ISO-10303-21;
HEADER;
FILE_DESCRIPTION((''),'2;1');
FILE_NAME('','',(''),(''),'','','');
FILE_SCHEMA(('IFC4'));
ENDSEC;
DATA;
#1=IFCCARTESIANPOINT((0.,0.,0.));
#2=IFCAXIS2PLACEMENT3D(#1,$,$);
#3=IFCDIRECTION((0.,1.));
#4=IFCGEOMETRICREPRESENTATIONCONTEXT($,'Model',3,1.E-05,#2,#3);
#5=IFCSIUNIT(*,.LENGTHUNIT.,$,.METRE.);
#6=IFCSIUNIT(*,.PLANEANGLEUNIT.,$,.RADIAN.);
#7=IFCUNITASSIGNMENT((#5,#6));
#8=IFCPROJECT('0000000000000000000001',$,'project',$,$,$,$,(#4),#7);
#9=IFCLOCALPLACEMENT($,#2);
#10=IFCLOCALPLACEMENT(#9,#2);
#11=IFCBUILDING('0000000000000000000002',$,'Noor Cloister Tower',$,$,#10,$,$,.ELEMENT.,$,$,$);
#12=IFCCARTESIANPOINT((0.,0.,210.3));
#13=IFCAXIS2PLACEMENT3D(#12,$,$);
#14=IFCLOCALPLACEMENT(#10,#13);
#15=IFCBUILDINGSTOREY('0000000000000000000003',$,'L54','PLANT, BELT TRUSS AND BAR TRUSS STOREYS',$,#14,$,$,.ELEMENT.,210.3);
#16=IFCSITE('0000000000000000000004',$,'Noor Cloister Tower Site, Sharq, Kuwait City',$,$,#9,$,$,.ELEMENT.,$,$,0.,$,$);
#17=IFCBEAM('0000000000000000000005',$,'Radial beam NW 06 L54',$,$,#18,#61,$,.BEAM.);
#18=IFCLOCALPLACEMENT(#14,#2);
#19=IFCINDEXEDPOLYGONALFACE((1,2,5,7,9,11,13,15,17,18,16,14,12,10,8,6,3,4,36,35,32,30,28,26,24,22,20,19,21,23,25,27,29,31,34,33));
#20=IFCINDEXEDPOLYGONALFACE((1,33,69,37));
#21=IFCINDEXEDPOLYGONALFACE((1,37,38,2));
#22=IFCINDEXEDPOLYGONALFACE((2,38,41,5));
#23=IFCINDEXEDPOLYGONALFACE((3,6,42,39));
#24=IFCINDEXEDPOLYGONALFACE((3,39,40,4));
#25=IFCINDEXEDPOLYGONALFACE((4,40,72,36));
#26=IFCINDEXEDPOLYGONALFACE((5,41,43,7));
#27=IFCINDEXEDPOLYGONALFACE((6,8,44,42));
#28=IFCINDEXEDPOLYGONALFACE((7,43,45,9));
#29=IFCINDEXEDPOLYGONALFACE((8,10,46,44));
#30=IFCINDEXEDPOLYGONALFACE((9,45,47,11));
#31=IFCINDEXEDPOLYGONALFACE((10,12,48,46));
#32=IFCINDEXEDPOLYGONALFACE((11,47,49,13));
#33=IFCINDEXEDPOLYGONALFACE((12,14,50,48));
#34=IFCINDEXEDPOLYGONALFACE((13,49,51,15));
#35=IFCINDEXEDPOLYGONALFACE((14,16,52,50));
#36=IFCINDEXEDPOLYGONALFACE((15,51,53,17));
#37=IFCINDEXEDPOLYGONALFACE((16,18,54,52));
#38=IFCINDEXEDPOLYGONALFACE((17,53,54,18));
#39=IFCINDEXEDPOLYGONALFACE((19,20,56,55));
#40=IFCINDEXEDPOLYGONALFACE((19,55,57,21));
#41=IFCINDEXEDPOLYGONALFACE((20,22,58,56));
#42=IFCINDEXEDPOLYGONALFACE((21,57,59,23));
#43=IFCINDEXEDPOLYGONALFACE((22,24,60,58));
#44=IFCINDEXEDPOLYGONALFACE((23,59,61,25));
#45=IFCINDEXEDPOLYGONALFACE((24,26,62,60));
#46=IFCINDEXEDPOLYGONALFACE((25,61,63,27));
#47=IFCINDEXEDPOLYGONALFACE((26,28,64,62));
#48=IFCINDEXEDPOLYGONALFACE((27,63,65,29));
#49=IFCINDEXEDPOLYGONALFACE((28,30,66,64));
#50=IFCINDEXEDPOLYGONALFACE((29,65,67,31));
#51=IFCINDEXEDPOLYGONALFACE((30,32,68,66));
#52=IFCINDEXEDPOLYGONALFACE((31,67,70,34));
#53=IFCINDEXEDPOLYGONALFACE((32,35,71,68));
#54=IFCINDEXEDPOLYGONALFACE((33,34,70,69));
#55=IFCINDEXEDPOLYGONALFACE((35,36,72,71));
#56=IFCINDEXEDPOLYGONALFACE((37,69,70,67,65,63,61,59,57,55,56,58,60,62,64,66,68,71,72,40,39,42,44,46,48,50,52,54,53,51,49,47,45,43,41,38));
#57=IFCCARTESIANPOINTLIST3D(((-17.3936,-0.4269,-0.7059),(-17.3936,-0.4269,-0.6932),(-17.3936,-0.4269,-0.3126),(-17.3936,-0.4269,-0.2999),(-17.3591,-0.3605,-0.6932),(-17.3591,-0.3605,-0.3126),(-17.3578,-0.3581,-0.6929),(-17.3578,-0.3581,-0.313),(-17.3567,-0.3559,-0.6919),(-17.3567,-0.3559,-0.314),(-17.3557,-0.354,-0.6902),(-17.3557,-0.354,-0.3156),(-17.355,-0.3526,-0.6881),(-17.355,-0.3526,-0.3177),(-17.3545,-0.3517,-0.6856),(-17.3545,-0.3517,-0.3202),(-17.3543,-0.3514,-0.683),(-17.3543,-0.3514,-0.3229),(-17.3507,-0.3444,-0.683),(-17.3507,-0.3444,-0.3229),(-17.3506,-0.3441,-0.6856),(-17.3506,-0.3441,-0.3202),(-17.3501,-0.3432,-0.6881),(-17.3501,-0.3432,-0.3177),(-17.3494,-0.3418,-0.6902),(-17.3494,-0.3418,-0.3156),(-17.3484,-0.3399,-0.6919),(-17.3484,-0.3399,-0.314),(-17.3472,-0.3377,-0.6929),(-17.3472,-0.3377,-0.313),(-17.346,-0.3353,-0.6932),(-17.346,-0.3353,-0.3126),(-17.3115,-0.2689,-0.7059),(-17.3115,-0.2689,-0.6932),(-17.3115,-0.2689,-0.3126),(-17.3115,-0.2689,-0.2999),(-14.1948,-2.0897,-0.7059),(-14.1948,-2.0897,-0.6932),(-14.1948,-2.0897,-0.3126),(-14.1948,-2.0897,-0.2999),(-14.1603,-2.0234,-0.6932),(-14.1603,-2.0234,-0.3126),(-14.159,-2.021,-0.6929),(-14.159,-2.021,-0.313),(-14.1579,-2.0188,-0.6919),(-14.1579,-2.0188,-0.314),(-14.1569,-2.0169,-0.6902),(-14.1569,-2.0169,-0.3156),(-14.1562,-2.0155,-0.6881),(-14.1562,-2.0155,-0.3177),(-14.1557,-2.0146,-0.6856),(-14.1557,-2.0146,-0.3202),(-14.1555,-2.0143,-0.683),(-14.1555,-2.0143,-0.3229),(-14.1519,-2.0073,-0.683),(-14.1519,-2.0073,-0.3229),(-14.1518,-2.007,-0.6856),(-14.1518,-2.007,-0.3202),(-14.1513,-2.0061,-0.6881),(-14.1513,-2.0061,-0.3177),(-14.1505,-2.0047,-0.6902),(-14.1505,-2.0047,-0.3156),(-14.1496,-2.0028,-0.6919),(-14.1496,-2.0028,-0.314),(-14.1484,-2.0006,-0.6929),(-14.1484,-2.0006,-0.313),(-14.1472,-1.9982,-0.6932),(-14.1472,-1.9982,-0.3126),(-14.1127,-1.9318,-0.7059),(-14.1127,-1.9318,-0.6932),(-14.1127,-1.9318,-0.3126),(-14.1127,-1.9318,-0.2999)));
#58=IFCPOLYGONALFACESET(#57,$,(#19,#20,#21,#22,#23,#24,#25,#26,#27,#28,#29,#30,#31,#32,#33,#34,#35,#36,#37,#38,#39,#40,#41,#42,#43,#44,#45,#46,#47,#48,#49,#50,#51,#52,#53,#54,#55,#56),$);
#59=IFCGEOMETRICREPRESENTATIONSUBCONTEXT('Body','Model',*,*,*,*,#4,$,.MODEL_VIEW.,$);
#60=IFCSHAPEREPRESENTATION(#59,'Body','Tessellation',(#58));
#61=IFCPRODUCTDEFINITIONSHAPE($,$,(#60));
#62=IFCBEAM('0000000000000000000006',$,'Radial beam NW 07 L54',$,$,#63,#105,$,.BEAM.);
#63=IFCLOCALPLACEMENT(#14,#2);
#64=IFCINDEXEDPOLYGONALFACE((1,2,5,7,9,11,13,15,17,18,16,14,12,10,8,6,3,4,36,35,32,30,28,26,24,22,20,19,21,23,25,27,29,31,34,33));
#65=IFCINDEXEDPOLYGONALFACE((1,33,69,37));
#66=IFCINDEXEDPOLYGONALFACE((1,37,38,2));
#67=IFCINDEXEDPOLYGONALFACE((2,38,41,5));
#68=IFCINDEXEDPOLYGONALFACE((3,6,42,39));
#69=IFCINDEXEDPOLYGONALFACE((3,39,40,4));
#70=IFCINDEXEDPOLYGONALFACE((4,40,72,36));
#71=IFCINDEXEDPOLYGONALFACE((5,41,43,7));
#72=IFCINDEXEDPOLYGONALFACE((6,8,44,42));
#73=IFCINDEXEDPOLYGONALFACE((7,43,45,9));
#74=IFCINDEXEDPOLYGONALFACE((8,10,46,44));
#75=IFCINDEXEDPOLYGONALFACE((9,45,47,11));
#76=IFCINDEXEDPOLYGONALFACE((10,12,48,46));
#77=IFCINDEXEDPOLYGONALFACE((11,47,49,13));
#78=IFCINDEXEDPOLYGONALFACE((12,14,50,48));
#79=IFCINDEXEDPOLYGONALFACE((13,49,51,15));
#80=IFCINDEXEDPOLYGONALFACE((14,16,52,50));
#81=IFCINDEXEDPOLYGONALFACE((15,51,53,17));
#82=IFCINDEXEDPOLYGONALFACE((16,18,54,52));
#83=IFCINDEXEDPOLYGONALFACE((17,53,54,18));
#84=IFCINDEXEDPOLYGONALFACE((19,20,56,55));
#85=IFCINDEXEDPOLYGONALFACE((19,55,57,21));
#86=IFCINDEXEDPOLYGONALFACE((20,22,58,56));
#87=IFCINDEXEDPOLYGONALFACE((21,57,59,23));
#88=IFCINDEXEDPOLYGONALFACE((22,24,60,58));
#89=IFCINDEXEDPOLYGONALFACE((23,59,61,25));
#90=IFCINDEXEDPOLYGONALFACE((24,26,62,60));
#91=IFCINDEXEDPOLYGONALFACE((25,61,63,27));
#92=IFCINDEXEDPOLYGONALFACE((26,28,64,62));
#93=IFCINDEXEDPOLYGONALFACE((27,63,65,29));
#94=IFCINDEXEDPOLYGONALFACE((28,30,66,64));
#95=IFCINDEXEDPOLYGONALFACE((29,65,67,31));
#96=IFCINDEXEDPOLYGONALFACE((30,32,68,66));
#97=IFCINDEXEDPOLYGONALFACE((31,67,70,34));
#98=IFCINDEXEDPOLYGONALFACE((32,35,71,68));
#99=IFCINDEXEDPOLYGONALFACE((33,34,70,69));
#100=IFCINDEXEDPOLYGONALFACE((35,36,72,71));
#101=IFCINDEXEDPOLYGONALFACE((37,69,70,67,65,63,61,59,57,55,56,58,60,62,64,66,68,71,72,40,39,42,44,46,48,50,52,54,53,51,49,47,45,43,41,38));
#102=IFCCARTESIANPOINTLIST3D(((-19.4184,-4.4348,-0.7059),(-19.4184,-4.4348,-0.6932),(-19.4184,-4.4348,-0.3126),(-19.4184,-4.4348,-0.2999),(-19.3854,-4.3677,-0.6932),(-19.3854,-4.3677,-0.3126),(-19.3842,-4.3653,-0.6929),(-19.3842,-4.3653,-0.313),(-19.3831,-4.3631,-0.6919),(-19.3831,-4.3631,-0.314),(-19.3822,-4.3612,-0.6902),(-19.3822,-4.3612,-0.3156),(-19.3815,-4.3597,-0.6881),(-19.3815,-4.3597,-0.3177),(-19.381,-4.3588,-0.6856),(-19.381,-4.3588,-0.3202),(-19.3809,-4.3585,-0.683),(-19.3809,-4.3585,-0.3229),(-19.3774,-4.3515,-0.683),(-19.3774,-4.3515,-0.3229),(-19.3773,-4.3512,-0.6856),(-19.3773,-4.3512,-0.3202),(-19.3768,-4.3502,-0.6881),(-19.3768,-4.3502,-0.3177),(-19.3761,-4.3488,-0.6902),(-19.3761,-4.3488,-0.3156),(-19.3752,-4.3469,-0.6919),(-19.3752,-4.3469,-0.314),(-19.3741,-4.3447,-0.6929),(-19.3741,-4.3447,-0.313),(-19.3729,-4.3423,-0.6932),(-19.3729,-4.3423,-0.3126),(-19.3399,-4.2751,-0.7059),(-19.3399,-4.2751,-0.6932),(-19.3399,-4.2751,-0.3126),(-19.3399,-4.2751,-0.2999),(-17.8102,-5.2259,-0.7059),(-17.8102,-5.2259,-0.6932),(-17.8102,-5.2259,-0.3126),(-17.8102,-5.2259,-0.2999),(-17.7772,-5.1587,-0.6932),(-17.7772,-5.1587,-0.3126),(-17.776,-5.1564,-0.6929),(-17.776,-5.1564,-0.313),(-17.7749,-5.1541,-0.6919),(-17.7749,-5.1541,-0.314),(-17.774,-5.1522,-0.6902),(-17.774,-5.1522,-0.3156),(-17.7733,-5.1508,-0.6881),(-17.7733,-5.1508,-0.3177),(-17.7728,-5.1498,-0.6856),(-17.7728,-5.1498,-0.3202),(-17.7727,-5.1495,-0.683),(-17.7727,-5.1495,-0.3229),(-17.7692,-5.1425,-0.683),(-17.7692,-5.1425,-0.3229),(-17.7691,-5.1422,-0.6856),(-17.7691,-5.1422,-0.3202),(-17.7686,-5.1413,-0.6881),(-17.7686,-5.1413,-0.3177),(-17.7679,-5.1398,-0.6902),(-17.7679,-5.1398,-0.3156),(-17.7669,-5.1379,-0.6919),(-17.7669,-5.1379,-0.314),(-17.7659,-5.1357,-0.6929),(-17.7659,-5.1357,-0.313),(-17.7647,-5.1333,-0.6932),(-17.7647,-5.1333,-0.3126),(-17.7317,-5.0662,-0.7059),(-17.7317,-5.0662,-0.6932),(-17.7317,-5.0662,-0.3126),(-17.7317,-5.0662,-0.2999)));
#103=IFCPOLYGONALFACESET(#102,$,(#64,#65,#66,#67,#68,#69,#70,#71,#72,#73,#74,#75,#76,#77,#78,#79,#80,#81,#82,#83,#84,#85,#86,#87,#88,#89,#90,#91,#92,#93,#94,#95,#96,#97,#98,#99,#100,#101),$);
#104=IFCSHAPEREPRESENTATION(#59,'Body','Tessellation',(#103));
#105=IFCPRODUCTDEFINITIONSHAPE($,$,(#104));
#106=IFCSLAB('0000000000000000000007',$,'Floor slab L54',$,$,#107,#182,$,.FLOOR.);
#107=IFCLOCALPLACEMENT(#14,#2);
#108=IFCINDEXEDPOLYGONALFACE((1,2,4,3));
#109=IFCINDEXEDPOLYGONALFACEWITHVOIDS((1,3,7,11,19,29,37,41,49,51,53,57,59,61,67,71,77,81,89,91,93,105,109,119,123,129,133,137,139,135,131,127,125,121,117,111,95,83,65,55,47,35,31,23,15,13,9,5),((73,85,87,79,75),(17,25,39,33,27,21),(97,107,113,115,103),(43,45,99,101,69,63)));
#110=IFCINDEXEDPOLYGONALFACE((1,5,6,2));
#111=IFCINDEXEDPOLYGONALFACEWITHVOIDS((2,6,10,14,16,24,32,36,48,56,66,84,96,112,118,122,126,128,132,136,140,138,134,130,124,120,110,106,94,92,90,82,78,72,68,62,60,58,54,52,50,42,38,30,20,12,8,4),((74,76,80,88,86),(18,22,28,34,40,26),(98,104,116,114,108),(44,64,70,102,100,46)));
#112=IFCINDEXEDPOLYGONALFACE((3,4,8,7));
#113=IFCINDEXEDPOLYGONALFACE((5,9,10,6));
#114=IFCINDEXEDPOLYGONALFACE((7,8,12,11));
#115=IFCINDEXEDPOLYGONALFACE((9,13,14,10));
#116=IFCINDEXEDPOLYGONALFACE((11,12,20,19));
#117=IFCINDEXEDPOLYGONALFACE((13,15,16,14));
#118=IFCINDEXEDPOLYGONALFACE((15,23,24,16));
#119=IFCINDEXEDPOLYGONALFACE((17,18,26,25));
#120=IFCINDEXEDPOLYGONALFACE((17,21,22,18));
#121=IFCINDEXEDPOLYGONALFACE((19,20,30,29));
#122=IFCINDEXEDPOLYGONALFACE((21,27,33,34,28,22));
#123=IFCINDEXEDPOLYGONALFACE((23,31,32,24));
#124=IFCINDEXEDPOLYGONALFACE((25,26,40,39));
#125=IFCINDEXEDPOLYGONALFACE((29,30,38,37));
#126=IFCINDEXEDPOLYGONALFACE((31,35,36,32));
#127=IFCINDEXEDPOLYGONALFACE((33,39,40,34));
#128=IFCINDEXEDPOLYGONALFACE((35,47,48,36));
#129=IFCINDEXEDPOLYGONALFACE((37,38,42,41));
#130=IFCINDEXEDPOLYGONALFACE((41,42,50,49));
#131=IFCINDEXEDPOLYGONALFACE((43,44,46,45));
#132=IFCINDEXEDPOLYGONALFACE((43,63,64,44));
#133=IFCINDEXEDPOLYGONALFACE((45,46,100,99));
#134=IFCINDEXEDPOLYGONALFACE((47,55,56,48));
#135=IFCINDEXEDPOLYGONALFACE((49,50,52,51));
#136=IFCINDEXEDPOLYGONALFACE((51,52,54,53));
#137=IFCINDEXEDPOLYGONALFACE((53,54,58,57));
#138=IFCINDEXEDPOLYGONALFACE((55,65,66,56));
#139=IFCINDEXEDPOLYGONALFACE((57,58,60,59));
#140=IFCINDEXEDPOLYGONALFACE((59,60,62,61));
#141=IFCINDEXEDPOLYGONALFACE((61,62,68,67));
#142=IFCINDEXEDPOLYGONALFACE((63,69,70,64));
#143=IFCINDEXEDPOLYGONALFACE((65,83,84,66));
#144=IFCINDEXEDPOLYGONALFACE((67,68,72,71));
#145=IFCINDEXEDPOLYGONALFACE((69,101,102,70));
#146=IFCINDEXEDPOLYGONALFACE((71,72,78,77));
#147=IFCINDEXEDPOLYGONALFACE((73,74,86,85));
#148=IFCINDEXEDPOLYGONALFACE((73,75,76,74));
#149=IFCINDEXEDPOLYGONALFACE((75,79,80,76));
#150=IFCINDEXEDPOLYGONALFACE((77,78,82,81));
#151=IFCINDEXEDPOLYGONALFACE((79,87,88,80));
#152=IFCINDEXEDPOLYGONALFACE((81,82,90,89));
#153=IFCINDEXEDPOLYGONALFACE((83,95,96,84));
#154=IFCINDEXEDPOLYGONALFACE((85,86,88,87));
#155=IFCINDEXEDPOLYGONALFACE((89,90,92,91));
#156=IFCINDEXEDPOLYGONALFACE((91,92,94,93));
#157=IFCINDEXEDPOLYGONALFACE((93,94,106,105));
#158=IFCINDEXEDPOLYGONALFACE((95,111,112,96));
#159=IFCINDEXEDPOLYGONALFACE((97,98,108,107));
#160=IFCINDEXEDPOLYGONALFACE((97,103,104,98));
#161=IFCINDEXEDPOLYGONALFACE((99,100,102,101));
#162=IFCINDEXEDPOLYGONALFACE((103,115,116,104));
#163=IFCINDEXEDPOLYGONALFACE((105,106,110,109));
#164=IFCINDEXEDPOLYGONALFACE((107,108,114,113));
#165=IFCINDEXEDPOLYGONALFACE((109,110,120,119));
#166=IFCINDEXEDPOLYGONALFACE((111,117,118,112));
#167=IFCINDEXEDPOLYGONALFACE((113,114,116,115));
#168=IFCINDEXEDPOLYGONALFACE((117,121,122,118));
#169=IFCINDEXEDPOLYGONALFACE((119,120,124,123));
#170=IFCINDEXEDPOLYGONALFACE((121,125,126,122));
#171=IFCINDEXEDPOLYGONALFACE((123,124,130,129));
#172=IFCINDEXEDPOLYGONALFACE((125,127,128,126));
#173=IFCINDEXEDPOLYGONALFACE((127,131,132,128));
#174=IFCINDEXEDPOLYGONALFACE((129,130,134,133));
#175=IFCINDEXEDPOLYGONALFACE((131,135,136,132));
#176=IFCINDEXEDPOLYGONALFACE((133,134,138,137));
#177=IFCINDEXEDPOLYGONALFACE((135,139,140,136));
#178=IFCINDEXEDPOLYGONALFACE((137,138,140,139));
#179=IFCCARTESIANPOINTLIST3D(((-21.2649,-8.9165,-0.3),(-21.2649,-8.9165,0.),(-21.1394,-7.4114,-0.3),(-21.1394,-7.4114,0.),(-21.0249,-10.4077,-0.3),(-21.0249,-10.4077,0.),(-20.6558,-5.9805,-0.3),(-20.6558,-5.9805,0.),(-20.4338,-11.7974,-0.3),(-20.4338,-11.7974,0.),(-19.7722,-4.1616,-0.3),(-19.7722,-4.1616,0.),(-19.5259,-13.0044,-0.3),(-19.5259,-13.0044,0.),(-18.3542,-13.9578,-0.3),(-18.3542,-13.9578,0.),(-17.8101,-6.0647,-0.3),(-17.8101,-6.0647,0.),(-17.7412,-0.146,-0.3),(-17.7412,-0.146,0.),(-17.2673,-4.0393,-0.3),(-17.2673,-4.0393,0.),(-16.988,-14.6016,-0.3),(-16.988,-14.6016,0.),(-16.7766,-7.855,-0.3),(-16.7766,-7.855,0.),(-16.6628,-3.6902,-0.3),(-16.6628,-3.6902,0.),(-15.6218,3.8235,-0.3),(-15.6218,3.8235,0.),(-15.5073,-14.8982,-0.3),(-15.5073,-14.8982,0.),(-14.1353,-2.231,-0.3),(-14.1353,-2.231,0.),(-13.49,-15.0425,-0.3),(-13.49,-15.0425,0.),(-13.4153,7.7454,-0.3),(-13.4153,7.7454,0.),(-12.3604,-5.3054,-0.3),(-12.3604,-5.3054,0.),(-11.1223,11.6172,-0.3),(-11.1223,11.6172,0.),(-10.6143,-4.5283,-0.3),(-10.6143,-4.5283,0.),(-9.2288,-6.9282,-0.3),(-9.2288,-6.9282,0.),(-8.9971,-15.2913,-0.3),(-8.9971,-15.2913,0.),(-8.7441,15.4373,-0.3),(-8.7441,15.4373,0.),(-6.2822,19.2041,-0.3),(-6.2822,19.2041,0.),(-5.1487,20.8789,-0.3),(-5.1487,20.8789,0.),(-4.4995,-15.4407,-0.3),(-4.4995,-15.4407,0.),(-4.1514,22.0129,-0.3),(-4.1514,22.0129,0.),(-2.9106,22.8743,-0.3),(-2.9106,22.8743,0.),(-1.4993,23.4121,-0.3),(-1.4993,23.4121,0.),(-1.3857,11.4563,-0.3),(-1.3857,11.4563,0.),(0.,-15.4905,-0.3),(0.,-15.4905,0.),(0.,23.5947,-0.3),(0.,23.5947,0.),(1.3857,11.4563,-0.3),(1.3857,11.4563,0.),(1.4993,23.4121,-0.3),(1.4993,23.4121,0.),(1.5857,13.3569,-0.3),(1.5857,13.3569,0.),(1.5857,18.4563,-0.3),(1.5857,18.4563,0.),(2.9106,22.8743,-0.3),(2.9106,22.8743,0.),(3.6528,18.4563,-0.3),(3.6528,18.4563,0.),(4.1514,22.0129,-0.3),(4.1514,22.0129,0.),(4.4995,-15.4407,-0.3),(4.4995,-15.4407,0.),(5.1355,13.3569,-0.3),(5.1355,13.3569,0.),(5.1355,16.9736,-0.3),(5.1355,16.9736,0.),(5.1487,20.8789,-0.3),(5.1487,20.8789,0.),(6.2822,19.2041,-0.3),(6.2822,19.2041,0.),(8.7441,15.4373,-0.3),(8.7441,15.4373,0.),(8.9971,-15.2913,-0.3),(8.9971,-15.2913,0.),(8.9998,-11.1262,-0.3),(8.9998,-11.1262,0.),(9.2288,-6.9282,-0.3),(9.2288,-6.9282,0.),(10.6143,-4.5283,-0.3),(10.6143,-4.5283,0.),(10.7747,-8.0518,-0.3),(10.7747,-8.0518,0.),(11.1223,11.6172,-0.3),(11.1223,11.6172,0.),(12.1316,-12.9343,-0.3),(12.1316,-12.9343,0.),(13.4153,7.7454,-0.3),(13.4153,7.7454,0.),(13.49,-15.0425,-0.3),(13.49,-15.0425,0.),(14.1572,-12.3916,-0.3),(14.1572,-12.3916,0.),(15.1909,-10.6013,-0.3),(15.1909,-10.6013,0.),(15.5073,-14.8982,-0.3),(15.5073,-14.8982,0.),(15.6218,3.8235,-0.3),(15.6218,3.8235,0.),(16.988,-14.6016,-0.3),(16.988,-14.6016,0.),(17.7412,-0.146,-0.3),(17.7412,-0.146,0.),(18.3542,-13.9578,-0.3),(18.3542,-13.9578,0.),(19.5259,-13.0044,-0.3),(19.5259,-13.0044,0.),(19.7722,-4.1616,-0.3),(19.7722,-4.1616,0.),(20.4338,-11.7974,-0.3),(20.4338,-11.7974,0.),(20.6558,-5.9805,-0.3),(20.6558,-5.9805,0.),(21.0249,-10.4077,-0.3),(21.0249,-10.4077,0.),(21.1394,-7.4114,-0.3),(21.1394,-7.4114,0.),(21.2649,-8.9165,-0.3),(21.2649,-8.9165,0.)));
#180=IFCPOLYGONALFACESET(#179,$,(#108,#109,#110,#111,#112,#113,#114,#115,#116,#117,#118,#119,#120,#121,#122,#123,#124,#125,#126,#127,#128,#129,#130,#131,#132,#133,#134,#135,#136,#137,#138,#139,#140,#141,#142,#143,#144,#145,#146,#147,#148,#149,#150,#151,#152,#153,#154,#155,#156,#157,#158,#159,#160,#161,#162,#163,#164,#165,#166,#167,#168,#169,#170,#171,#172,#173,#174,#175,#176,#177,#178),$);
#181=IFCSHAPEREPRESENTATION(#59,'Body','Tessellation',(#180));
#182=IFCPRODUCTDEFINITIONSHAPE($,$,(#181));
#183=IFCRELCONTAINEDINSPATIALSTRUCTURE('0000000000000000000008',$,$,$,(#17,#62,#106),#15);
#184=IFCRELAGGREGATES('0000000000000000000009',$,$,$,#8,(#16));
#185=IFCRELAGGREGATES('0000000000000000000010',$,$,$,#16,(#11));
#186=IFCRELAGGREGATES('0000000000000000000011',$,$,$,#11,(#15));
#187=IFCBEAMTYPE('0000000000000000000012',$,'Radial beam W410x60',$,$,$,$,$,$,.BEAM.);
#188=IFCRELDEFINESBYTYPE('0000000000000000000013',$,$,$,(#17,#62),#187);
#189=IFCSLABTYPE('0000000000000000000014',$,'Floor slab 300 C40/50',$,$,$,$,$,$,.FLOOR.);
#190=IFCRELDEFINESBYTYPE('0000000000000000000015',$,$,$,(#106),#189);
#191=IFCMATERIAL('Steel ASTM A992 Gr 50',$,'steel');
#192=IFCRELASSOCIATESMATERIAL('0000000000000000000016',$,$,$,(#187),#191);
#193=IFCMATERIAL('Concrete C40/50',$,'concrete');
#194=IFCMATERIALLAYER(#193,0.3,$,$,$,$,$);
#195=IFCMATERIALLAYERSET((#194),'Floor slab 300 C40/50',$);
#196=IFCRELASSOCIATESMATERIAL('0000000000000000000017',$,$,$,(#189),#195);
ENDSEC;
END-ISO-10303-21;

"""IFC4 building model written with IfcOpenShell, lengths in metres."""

from ifc_helpers import new_model, si_unit, direction, frame, origin, origin_2d, place, context, subcontext, project, spatial, polyline, i_section, outline, extrude, material, layer, layer_set, material_profile, profile_set, type_object, element, save


model = new_model("IFC4")

# Units and contexts
model_context = context("Model", 3, precision=1e-05, world=origin(), true_north=direction((0.0, 1.0)))
body_context = subcontext(model_context, "Body", "Model", "MODEL_VIEW")
ifc_project = project(units=[si_unit("LENGTHUNIT", "METRE"), si_unit("PLANEANGLEUNIT", "RADIAN")], contexts=[model_context])

# Site, building, storey
site_placement = place(None, origin())
site = spatial("IfcSite", under=ifc_project, at=site_placement, Name="Noor Cloister Tower Site, Sharq, Kuwait City", CompositionType="ELEMENT", RefElevation=0.0)
building_placement = place(site_placement, origin())
building = spatial("IfcBuilding", under=site, at=building_placement, Name="Noor Cloister Tower", CompositionType="ELEMENT")
storey_placement = place(building_placement, frame((0.0, 0.0, 210.3)))
storey = spatial("IfcBuildingStorey", under=building, at=storey_placement, Name="L54", Description="PLANT, BELT TRUSS AND BAR TRUSS STOREYS", CompositionType="ELEMENT", Elevation=210.3)

# Beams
ifc_material_1 = material(Name="Steel ASTM A992 Gr 50", Category="steel")
ifc_material_profile_1 = material_profile(ifc_material_1, i_section(OverallWidth=0.178, OverallDepth=0.406, WebThickness=0.0078, FlangeThickness=0.0127, FilletRadius=0.0103, at=origin_2d()), Name="W410x60")
ifc_profile_set_1 = profile_set([ifc_material_profile_1], Name="Steel ASTM A992 Gr 50")
beam_type_1 = type_object("IfcBeamType", Name="Radial beam W410x60", PredefinedType="BEAM", material=ifc_profile_set_1)
beam_1_placement = place(storey_placement, frame((-17.3525, -0.3479, -0.5029), z_axis=(0.887273, -0.461244, 0.0), x_axis=(0.461244, 0.887273, 0.0)))
element("IfcBeam", 1, at=beam_1_placement, inside=storey, type_object=beam_type_1, Name="Radial beam NW 06 L54", PredefinedType="BEAM", context=body_context, shape_type="SweptSolid", body=[
    extrude(i_section(OverallWidth=0.178, OverallDepth=0.406, WebThickness=0.0078, FlangeThickness=0.0127, FilletRadius=0.0103, at=origin_2d()), origin(), (0.0, 0.0, 1.0), 3.6052),
])
beam_2_placement = place(storey_placement, frame((-19.3792, -4.355, -0.5029), z_axis=(0.897323, -0.441374, 0.0), x_axis=(0.441374, 0.897323, 0.0)))
element("IfcBeam", 2, at=beam_2_placement, inside=storey, type_object=beam_type_1, Name="Radial beam NW 07 L54", PredefinedType="BEAM", context=body_context, shape_type="SweptSolid", body=[
    extrude(i_section(OverallWidth=0.178, OverallDepth=0.406, WebThickness=0.0078, FlangeThickness=0.0127, FilletRadius=0.0103, at=origin_2d()), origin(), (0.0, 0.0, 1.0), 1.7922),
])

# Slab
ifc_material_2 = material(Name="Concrete C40/50", Category="concrete")
ifc_layer_1 = layer(ifc_material_2, 0.3)
ifc_layer_set_1 = layer_set([ifc_layer_1], Name="Floor slab 300 C40/50")
slab_type_1 = type_object("IfcSlabType", Name="Floor slab 300 C40/50", PredefinedType="FLOOR", material=ifc_layer_set_1)
slab_1_placement = place(storey_placement, frame((0.0, 0.0, -0.3)))
element("IfcSlab", 3, at=slab_1_placement, inside=storey, type_object=slab_type_1, Name="Floor slab L54", PredefinedType="FLOOR", context=body_context, shape_type="SweptSolid", body=[
    extrude(outline(polyline([(5.1487, 20.8789), (4.1514, 22.0129), (2.9106, 22.8743), (1.4993, 23.4121), (0.0, 23.5947), (-1.4993, 23.4121), (-2.9106, 22.8743), (-4.1514, 22.0129), (-5.1487, 20.8789), (-6.2822, 19.2041), (-8.7441, 15.4373), (-11.1223, 11.6172), (-13.4153, 7.7454), (-15.6218, 3.8235), (-17.7412, -0.146), (-19.7722, -4.1616), (-20.6558, -5.9805), (-21.1394, -7.4114), (-21.2649, -8.9165), (-21.0249, -10.4077), (-20.4338, -11.7974), (-19.5259, -13.0044), (-18.3542, -13.9578), (-16.988, -14.6016), (-15.5073, -14.8982), (-13.49, -15.0425), (-8.9971, -15.2913), (-4.4995, -15.4407), (0.0, -15.4905), (4.4995, -15.4407), (8.9971, -15.2913), (13.49, -15.0425), (15.5073, -14.8982), (16.988, -14.6016), (18.3542, -13.9578), (19.5259, -13.0044), (20.4338, -11.7974), (21.0249, -10.4077), (21.2649, -8.9165), (21.1394, -7.4114), (20.6558, -5.9805), (19.7722, -4.1616), (17.7412, -0.146), (15.6218, 3.8235), (13.4153, 7.7454), (11.1223, 11.6172), (8.7441, 15.4373), (6.2822, 19.2041), (5.1487, 20.8789)]), holes=[polyline([(8.9998, -11.1262), (12.1316, -12.9343), (14.1572, -12.3916), (15.1909, -10.6013), (10.7747, -8.0518), (8.9998, -11.1262)]), polyline([(-17.8101, -6.0647), (-16.7766, -7.855), (-12.3604, -5.3054), (-14.1353, -2.231), (-16.6628, -3.6902), (-17.2673, -4.0393), (-17.8101, -6.0647)]), polyline([(-10.6143, -4.5283), (-9.2288, -6.9282), (9.2288, -6.9282), (10.6143, -4.5283), (1.3857, 11.4563), (-1.3857, 11.4563), (-10.6143, -4.5283)]), polyline([(3.6528, 18.4563), (1.5857, 18.4563), (1.5857, 13.3569), (5.1355, 13.3569), (5.1355, 16.9736), (3.6528, 18.4563)])]), origin(), (0.0, 0.0, 1.0), 0.3),
])

save(model, "model.ifc")
